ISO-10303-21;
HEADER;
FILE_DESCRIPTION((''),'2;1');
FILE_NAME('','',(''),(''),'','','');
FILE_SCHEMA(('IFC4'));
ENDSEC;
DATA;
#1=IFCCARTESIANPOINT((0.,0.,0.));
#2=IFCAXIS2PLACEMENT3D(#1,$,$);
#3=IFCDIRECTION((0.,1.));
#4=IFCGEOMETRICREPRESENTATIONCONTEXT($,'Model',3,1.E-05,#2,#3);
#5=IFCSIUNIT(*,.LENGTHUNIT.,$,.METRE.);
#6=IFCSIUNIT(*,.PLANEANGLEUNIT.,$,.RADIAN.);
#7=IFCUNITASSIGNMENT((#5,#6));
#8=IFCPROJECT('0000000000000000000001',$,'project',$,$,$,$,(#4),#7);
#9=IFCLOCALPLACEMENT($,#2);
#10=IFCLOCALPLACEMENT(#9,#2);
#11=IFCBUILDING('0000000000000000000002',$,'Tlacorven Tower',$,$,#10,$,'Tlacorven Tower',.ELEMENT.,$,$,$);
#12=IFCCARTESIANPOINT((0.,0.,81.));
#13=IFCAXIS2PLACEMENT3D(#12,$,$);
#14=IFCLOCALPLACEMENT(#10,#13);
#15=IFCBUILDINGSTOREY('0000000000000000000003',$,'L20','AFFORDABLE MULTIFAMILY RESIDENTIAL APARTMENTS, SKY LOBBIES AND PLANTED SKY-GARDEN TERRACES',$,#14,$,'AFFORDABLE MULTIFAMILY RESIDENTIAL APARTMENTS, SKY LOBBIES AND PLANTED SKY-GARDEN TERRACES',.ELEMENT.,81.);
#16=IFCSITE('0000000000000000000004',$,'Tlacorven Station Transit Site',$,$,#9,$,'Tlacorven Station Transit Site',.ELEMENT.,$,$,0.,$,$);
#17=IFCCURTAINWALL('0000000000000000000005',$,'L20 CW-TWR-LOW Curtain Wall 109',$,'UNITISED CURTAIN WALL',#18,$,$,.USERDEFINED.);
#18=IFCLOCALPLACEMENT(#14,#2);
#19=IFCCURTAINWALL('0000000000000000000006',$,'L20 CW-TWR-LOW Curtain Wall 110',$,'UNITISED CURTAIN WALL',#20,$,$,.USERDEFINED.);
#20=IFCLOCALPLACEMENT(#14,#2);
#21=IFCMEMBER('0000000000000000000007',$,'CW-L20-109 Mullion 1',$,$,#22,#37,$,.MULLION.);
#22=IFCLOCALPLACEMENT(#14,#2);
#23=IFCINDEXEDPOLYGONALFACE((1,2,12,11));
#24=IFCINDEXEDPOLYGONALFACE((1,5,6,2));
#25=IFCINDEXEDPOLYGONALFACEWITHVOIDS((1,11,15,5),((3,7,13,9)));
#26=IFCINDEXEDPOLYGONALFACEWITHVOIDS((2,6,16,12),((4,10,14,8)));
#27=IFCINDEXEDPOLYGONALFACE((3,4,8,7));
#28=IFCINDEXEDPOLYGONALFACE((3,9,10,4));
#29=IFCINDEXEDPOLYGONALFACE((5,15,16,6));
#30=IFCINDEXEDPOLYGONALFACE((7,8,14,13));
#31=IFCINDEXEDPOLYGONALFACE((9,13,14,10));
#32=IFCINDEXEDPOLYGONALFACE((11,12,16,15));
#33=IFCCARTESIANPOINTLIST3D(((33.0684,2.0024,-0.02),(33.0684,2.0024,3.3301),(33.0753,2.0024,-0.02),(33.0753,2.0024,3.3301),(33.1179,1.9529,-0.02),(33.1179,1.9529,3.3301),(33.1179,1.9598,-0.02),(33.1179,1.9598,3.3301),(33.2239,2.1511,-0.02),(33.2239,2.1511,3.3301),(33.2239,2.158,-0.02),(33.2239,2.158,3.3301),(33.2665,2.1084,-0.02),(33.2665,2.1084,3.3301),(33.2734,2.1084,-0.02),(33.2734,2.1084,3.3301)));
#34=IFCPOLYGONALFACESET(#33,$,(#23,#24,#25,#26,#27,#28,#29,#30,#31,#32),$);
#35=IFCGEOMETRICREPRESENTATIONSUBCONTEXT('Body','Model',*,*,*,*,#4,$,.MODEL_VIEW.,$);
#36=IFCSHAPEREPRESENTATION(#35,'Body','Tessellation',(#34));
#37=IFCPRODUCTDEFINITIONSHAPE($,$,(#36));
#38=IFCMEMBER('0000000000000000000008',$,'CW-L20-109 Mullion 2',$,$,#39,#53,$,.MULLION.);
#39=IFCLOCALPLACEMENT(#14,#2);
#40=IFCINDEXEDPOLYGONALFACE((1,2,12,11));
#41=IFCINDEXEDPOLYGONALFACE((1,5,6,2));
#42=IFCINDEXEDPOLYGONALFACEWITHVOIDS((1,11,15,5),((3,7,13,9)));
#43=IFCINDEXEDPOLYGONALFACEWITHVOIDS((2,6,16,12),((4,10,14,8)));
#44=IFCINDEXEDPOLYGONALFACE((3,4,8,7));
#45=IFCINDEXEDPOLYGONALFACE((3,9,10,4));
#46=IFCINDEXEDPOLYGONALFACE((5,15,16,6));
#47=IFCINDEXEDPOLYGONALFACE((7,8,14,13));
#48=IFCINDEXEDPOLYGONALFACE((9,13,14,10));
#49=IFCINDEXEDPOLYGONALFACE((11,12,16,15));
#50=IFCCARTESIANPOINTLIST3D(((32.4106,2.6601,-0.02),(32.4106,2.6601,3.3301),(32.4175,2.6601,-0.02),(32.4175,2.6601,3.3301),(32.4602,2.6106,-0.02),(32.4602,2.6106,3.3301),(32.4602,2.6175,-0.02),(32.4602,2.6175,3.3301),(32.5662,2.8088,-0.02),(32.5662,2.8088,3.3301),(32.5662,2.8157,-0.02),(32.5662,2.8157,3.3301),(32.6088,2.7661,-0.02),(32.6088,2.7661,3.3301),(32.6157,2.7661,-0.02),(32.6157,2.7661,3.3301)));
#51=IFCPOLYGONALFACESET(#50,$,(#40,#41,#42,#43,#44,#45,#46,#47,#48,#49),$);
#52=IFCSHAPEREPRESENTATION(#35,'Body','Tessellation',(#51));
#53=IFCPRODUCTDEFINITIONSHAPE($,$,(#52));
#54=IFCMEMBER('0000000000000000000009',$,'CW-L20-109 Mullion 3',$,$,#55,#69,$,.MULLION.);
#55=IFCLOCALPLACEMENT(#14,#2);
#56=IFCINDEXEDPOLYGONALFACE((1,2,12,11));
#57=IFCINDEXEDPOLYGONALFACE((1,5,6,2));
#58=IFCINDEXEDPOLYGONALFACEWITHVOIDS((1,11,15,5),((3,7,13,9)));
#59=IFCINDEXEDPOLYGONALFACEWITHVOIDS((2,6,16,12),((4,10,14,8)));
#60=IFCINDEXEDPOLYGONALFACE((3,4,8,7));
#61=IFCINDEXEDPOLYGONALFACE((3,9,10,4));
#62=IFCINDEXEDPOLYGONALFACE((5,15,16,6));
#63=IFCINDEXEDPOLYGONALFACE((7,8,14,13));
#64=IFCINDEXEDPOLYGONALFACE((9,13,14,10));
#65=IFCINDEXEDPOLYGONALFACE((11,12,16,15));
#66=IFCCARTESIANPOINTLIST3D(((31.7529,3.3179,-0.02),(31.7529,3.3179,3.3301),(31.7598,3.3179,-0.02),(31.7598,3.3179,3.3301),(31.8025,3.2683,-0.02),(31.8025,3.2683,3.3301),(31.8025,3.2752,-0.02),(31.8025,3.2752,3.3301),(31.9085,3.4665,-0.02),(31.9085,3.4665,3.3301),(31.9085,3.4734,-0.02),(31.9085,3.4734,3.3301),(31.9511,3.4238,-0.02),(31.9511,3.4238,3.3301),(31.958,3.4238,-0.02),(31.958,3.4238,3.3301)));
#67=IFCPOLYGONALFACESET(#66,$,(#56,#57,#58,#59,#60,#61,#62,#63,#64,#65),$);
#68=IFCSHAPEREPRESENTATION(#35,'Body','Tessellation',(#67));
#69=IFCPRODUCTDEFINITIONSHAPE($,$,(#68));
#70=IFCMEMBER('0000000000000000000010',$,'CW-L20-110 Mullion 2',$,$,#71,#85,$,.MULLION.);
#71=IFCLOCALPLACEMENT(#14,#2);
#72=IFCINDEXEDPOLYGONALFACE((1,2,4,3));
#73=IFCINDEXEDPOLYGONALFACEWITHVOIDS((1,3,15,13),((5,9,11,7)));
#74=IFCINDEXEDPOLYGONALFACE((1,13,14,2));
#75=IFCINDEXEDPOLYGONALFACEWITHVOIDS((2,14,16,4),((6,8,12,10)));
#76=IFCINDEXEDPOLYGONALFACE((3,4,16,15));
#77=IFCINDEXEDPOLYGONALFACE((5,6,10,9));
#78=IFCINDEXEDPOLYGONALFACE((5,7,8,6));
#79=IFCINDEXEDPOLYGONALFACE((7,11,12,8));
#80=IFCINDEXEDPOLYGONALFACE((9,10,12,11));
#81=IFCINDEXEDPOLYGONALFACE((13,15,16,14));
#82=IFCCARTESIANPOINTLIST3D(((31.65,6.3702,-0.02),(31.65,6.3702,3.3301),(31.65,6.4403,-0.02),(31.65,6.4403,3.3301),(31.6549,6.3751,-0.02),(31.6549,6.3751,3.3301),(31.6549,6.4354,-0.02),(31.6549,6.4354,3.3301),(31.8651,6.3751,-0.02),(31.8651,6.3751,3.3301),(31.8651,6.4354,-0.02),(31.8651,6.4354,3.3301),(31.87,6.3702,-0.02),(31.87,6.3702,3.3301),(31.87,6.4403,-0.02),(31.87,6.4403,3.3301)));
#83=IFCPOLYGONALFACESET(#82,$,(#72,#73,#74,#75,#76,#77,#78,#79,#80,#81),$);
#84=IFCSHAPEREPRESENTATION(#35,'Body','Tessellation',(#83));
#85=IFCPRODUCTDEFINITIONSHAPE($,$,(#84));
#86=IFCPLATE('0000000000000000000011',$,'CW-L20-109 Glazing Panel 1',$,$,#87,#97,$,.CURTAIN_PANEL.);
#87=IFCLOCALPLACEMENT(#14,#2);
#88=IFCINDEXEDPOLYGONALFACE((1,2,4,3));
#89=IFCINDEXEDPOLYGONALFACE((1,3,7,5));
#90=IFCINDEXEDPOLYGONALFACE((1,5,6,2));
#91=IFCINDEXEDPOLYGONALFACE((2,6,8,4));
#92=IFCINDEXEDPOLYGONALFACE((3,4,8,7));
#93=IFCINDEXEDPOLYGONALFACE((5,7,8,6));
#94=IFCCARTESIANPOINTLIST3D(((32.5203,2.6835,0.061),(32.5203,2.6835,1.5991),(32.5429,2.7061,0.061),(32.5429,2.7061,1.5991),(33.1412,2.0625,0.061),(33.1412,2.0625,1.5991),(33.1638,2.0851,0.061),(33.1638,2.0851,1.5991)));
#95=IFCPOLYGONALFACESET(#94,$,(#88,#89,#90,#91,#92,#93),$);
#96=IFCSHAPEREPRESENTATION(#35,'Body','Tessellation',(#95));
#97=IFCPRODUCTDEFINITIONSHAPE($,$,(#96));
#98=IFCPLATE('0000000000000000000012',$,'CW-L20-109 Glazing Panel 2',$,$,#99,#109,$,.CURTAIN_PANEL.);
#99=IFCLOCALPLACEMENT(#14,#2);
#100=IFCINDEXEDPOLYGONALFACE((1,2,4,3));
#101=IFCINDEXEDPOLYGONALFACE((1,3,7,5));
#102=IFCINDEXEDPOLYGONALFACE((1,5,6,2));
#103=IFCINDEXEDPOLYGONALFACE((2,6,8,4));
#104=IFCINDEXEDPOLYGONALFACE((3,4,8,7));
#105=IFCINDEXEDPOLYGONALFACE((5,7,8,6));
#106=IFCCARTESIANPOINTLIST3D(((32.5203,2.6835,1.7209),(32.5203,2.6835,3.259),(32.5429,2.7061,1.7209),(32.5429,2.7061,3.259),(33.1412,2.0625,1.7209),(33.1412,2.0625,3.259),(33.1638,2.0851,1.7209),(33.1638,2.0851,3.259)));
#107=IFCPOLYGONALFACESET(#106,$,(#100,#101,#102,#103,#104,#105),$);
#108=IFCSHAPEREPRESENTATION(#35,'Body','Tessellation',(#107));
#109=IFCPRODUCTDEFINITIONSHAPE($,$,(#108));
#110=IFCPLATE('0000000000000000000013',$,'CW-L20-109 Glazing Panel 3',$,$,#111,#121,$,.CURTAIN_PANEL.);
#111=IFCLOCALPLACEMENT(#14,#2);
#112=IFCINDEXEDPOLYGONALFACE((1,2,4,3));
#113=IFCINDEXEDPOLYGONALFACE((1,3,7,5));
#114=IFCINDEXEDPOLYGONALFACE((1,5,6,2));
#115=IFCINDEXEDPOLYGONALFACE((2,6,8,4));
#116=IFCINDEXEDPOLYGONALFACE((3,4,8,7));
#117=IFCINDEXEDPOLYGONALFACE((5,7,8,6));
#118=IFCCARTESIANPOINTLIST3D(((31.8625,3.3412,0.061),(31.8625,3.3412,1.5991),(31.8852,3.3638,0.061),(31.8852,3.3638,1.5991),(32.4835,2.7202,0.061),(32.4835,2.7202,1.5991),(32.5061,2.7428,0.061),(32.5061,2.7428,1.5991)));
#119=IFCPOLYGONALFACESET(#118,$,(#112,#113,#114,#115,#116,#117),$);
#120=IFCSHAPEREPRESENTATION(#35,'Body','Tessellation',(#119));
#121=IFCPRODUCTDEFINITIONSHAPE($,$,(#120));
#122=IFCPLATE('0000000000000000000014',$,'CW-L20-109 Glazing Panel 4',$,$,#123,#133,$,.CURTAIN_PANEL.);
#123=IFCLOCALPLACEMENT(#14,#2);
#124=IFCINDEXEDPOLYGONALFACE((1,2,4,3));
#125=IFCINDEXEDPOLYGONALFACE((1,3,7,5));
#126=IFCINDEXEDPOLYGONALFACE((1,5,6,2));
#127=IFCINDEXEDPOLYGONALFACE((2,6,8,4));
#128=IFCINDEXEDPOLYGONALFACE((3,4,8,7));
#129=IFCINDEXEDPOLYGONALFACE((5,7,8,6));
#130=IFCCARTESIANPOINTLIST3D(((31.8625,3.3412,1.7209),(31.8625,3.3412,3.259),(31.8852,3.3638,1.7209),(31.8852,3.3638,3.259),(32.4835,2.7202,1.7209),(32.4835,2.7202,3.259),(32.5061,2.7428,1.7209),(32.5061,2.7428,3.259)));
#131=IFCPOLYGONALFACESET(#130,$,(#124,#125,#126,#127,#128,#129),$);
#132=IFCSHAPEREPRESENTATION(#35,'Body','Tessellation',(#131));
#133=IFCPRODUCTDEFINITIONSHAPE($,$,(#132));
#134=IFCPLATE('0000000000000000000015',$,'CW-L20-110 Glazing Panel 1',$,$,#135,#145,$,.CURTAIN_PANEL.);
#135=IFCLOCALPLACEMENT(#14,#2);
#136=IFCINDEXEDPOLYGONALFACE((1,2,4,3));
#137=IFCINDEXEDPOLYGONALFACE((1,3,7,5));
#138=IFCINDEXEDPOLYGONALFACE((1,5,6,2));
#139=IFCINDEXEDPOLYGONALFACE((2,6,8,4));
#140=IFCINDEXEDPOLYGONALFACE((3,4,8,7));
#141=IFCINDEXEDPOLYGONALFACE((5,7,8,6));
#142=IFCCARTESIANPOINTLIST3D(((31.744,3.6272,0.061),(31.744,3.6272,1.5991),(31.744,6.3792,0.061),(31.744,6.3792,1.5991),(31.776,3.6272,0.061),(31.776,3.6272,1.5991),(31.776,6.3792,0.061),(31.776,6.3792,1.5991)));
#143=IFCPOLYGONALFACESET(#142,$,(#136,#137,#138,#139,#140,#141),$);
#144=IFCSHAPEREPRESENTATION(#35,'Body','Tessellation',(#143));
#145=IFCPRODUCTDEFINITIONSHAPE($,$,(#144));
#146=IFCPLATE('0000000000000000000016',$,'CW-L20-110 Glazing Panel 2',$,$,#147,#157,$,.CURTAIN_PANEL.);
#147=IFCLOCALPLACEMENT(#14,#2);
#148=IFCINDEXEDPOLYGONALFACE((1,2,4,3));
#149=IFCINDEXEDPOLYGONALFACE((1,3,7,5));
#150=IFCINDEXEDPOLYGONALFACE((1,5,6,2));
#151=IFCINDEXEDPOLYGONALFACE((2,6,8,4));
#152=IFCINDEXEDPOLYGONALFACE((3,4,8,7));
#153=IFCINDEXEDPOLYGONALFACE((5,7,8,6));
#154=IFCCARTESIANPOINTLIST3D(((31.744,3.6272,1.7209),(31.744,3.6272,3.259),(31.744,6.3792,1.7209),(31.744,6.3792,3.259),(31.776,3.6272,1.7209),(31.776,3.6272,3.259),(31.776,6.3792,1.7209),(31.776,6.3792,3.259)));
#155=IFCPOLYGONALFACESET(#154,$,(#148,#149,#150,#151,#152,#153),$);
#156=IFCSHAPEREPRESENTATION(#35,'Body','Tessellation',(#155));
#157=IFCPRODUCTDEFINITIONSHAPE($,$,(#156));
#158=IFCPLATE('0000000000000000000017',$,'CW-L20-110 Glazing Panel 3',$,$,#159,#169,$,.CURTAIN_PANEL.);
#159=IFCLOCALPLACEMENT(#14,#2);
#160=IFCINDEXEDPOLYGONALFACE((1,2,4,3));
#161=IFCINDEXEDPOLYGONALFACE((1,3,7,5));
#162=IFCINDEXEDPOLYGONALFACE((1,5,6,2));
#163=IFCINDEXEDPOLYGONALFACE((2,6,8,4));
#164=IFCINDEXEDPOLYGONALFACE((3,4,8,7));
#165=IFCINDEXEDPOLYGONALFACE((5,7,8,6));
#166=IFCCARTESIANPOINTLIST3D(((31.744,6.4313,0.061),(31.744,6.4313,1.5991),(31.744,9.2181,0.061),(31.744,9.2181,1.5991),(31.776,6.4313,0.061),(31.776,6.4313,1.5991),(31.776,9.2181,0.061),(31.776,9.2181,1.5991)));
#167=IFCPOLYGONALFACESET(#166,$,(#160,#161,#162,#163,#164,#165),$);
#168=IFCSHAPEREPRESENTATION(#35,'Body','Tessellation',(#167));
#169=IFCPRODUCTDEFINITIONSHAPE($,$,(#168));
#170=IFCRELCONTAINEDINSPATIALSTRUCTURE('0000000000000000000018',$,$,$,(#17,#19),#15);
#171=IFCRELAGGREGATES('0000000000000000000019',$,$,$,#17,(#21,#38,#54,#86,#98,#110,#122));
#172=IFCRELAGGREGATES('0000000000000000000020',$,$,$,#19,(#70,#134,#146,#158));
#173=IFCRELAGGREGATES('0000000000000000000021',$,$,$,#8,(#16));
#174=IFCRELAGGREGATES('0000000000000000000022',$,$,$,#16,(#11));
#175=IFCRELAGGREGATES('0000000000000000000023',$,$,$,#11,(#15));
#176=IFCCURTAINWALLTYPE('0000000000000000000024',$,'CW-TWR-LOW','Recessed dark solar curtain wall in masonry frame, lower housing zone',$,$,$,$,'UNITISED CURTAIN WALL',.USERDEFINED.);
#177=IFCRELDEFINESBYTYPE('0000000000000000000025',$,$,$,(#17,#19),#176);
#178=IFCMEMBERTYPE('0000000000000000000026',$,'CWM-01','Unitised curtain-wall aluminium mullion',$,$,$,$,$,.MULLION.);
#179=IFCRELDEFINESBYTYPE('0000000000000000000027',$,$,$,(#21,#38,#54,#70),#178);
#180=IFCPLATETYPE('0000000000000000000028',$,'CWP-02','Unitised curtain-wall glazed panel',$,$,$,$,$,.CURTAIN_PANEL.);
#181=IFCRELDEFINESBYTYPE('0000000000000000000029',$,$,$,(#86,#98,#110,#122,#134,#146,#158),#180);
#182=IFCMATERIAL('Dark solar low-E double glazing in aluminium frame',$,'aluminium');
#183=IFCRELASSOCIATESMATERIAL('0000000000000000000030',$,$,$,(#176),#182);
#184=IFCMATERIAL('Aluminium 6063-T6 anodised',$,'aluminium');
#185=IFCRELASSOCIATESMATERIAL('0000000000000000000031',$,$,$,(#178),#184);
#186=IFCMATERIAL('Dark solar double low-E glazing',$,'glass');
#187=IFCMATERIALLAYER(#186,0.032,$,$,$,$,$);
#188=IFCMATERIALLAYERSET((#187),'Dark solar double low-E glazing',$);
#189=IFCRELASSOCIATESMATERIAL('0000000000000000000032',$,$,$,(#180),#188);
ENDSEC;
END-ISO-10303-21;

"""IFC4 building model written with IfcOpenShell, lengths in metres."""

from ifc_helpers import new_model, si_unit, direction, frame, origin, origin_2d, place, context, subcontext, project, spatial, rectangle, hollow_rectangle, extrude, source, transform, mapped, material, layer, layer_set, material_profile, profile_set, type_object, element, aggregate, save


model = new_model("IFC4")

# Units and contexts
model_context = context("Model", 3, precision=1e-05, world=origin(), true_north=direction((0.0, 1.0)))
body_context = subcontext(model_context, "Body", "Model", "MODEL_VIEW")
ifc_project = project(units=[si_unit("LENGTHUNIT", "METRE"), si_unit("PLANEANGLEUNIT", "RADIAN")], contexts=[model_context])

# Site, building, storey
site_placement = place(None, origin())
site = spatial("IfcSite", under=ifc_project, at=site_placement, Name="Tlacorven Station Transit Site", LongName="Tlacorven Station Transit Site", CompositionType="ELEMENT", RefElevation=0.0)
building_placement = place(site_placement, origin())
building = spatial("IfcBuilding", under=site, at=building_placement, Name="Tlacorven Tower", LongName="Tlacorven Tower", CompositionType="ELEMENT")
storey_placement = place(building_placement, frame((0.0, 0.0, 81.0)))
storey = spatial("IfcBuildingStorey", under=building, at=storey_placement, Name="L20", Description="AFFORDABLE MULTIFAMILY RESIDENTIAL APARTMENTS, SKY LOBBIES AND PLANTED SKY-GARDEN TERRACES", LongName="AFFORDABLE MULTIFAMILY RESIDENTIAL APARTMENTS, SKY LOBBIES AND PLANTED SKY-GARDEN TERRACES", CompositionType="ELEMENT", Elevation=81.0)

# Curtain walls
ifc_material_1 = material(Name="Dark solar low-E double glazing in aluminium frame", Category="aluminium")
curtain_wall_type = type_object("IfcCurtainWallType", Name="CW-TWR-LOW", Description="Recessed dark solar curtain wall in masonry frame, lower housing zone", ElementType="UNITISED CURTAIN WALL", PredefinedType="USERDEFINED", material=ifc_material_1)
curtain_wall_1_placement = place(storey_placement, origin())
curtain_wall_1 = element("IfcCurtainWall", 1, at=curtain_wall_1_placement, inside=storey, type_object=curtain_wall_type, Name="L20 CW-TWR-LOW Curtain Wall 109", ObjectType="UNITISED CURTAIN WALL", PredefinedType="USERDEFINED")
ifc_material_2 = material(Name="Aluminium 6063-T6 anodised", Category="aluminium")
curtain_wall_2_placement = place(storey_placement, origin())
curtain_wall_2 = element("IfcCurtainWall", 2, at=curtain_wall_2_placement, inside=storey, type_object=curtain_wall_type, Name="L20 CW-TWR-LOW Curtain Wall 110", ObjectType="UNITISED CURTAIN WALL", PredefinedType="USERDEFINED")

# Shared definitions
ifc_material_profile_1 = material_profile(ifc_material_2, hollow_rectangle(XDim=0.0701, YDim=0.22, WallThickness=0.0049, at=origin_2d()), Name="ALU MULLION 70X220")
ifc_profile_set_1 = profile_set([ifc_material_profile_1], Name="Aluminium 6063-T6 anodised")
member_type_1 = type_object("IfcMemberType", Name="CWM-01", Description="Unitised curtain-wall aluminium mullion", PredefinedType="MULLION", material=ifc_profile_set_1)
shared_shape_1 = source(origin(), body_context, "Body", "SweptSolid", [
    extrude(hollow_rectangle(XDim=0.0701, YDim=0.22, WallThickness=0.0049, at=origin_2d()), origin(), (0.0, 0.0, 1.0), 3.3501),
])

# Members
member_1_placement = place(storey_placement, frame((33.1709, 2.0554, -0.02), z_axis=(0.0, 0.0, 1.0), x_axis=(-0.707107, 0.707107, 0.0)))
member_1 = element("IfcMember", 3, at=member_1_placement, type_object=member_type_1, Name="CW-L20-109 Mullion 1", PredefinedType="MULLION", context=body_context, shape_type="MappedRepresentation", body=[
    mapped(shared_shape_1, transform((0.0, 0.0, 0.0), scale=1.0)),
])
member_2_placement = place(storey_placement, frame((32.5132, 2.7131, -0.02), z_axis=(0.0, 0.0, 1.0), x_axis=(-0.707107, 0.707107, 0.0)))
member_2 = element("IfcMember", 4, at=member_2_placement, type_object=member_type_1, Name="CW-L20-109 Mullion 2", PredefinedType="MULLION", context=body_context, shape_type="MappedRepresentation", body=[
    mapped(shared_shape_1, transform((0.0, 0.0, 0.0), scale=1.0)),
])
member_3_placement = place(storey_placement, frame((31.8555, 3.3708, -0.02), z_axis=(0.0, 0.0, 1.0), x_axis=(-0.707107, 0.707107, 0.0)))
member_3 = element("IfcMember", 5, at=member_3_placement, type_object=member_type_1, Name="CW-L20-109 Mullion 3", PredefinedType="MULLION", context=body_context, shape_type="MappedRepresentation", body=[
    mapped(shared_shape_1, transform((0.0, 0.0, 0.0), scale=1.0)),
])
member_4_placement = place(storey_placement, frame((31.76, 6.4053, -0.02), z_axis=(0.0, 0.0, 1.0), x_axis=(0.0, 1.0, 0.0)))
member_4 = element("IfcMember", 6, at=member_4_placement, type_object=member_type_1, Name="CW-L20-110 Mullion 2", PredefinedType="MULLION", context=body_context, shape_type="MappedRepresentation", body=[
    mapped(shared_shape_1, transform((0.0, 0.0, 0.0), scale=1.0)),
])

# Plates
ifc_material_3 = material(Name="Dark solar double low-E glazing", Category="glass")
ifc_layer = layer(ifc_material_3, 0.032)
ifc_layer_set = layer_set([ifc_layer], Name="Dark solar double low-E glazing")
plate_type = type_object("IfcPlateType", Name="CWP-02", Description="Unitised curtain-wall glazed panel", PredefinedType="CURTAIN_PANEL", material=ifc_layer_set)
shared_shape_2 = source(origin(), body_context, "Body", "SweptSolid", [
    extrude(rectangle(XDim=0.8782, YDim=0.032, at=origin_2d()), origin(), (0.0, 0.0, 1.0), 1.5381),
])
plate_1_placement = place(storey_placement, frame((32.842, 2.3843, 0.061), z_axis=(0.0, 0.0, 1.0), x_axis=(-0.707107, 0.707107, 0.0)))
plate_1 = element("IfcPlate", 7, at=plate_1_placement, type_object=plate_type, Name="CW-L20-109 Glazing Panel 1", PredefinedType="CURTAIN_PANEL", context=body_context, shape_type="MappedRepresentation", body=[
    mapped(shared_shape_2, transform((0.0, 0.0, 0.0), scale=1.0)),
])
plate_2_placement = place(storey_placement, frame((32.842, 2.3843, 1.7209), z_axis=(0.0, 0.0, 1.0), x_axis=(-0.707107, 0.707107, 0.0)))
plate_2 = element("IfcPlate", 8, at=plate_2_placement, type_object=plate_type, Name="CW-L20-109 Glazing Panel 2", PredefinedType="CURTAIN_PANEL", context=body_context, shape_type="MappedRepresentation", body=[
    mapped(shared_shape_2, transform((0.0, 0.0, 0.0), scale=1.0)),
])
plate_3_placement = place(storey_placement, frame((32.1843, 3.042, 0.061), z_axis=(0.0, 0.0, 1.0), x_axis=(-0.707107, 0.707107, 0.0)))
plate_3 = element("IfcPlate", 9, at=plate_3_placement, type_object=plate_type, Name="CW-L20-109 Glazing Panel 3", PredefinedType="CURTAIN_PANEL", context=body_context, shape_type="MappedRepresentation", body=[
    mapped(shared_shape_2, transform((0.0, 0.0, 0.0), scale=1.0)),
])
plate_4_placement = place(storey_placement, frame((32.1843, 3.042, 1.7209), z_axis=(0.0, 0.0, 1.0), x_axis=(-0.707107, 0.707107, 0.0)))
plate_4 = element("IfcPlate", 10, at=plate_4_placement, type_object=plate_type, Name="CW-L20-109 Glazing Panel 4", PredefinedType="CURTAIN_PANEL", context=body_context, shape_type="MappedRepresentation", body=[
    mapped(shared_shape_2, transform((0.0, 0.0, 0.0), scale=1.0)),
])
aggregate(curtain_wall_1, [member_1, member_2, member_3, plate_1, plate_2, plate_3, plate_4])
shared_shape_3 = source(origin(), body_context, "Body", "SweptSolid", [
    extrude(rectangle(XDim=2.752, YDim=0.032, at=origin_2d()), origin(), (0.0, 0.0, 1.0), 1.5381),
])
plate_5_placement = place(storey_placement, frame((31.76, 5.0032, 0.061), z_axis=(0.0, 0.0, 1.0), x_axis=(0.0, 1.0, 0.0)))
plate_5 = element("IfcPlate", 11, at=plate_5_placement, type_object=plate_type, Name="CW-L20-110 Glazing Panel 1", PredefinedType="CURTAIN_PANEL", context=body_context, shape_type="MappedRepresentation", body=[
    mapped(shared_shape_3, transform((0.0, 0.0, 0.0), scale=1.0)),
])
plate_6_placement = place(storey_placement, frame((31.76, 5.0032, 1.7209), z_axis=(0.0, 0.0, 1.0), x_axis=(0.0, 1.0, 0.0)))
plate_6 = element("IfcPlate", 12, at=plate_6_placement, type_object=plate_type, Name="CW-L20-110 Glazing Panel 2", PredefinedType="CURTAIN_PANEL", context=body_context, shape_type="MappedRepresentation", body=[
    mapped(shared_shape_3, transform((0.0, 0.0, 0.0), scale=1.0)),
])
shared_shape_4 = source(origin(), body_context, "Body", "SweptSolid", [
    extrude(rectangle(XDim=2.7869, YDim=0.032, at=origin_2d()), origin(), (0.0, 0.0, 1.0), 1.5381),
])
plate_7_placement = place(storey_placement, frame((31.76, 7.8247, 0.061), z_axis=(0.0, 0.0, 1.0), x_axis=(0.0, 1.0, 0.0)))
plate_7 = element("IfcPlate", 13, at=plate_7_placement, type_object=plate_type, Name="CW-L20-110 Glazing Panel 3", PredefinedType="CURTAIN_PANEL", context=body_context, shape_type="MappedRepresentation", body=[
    mapped(shared_shape_4, transform((0.0, 0.0, 0.0), scale=1.0)),
])
aggregate(curtain_wall_2, [member_4, plate_5, plate_6, plate_7])

save(model, "model.ifc")
